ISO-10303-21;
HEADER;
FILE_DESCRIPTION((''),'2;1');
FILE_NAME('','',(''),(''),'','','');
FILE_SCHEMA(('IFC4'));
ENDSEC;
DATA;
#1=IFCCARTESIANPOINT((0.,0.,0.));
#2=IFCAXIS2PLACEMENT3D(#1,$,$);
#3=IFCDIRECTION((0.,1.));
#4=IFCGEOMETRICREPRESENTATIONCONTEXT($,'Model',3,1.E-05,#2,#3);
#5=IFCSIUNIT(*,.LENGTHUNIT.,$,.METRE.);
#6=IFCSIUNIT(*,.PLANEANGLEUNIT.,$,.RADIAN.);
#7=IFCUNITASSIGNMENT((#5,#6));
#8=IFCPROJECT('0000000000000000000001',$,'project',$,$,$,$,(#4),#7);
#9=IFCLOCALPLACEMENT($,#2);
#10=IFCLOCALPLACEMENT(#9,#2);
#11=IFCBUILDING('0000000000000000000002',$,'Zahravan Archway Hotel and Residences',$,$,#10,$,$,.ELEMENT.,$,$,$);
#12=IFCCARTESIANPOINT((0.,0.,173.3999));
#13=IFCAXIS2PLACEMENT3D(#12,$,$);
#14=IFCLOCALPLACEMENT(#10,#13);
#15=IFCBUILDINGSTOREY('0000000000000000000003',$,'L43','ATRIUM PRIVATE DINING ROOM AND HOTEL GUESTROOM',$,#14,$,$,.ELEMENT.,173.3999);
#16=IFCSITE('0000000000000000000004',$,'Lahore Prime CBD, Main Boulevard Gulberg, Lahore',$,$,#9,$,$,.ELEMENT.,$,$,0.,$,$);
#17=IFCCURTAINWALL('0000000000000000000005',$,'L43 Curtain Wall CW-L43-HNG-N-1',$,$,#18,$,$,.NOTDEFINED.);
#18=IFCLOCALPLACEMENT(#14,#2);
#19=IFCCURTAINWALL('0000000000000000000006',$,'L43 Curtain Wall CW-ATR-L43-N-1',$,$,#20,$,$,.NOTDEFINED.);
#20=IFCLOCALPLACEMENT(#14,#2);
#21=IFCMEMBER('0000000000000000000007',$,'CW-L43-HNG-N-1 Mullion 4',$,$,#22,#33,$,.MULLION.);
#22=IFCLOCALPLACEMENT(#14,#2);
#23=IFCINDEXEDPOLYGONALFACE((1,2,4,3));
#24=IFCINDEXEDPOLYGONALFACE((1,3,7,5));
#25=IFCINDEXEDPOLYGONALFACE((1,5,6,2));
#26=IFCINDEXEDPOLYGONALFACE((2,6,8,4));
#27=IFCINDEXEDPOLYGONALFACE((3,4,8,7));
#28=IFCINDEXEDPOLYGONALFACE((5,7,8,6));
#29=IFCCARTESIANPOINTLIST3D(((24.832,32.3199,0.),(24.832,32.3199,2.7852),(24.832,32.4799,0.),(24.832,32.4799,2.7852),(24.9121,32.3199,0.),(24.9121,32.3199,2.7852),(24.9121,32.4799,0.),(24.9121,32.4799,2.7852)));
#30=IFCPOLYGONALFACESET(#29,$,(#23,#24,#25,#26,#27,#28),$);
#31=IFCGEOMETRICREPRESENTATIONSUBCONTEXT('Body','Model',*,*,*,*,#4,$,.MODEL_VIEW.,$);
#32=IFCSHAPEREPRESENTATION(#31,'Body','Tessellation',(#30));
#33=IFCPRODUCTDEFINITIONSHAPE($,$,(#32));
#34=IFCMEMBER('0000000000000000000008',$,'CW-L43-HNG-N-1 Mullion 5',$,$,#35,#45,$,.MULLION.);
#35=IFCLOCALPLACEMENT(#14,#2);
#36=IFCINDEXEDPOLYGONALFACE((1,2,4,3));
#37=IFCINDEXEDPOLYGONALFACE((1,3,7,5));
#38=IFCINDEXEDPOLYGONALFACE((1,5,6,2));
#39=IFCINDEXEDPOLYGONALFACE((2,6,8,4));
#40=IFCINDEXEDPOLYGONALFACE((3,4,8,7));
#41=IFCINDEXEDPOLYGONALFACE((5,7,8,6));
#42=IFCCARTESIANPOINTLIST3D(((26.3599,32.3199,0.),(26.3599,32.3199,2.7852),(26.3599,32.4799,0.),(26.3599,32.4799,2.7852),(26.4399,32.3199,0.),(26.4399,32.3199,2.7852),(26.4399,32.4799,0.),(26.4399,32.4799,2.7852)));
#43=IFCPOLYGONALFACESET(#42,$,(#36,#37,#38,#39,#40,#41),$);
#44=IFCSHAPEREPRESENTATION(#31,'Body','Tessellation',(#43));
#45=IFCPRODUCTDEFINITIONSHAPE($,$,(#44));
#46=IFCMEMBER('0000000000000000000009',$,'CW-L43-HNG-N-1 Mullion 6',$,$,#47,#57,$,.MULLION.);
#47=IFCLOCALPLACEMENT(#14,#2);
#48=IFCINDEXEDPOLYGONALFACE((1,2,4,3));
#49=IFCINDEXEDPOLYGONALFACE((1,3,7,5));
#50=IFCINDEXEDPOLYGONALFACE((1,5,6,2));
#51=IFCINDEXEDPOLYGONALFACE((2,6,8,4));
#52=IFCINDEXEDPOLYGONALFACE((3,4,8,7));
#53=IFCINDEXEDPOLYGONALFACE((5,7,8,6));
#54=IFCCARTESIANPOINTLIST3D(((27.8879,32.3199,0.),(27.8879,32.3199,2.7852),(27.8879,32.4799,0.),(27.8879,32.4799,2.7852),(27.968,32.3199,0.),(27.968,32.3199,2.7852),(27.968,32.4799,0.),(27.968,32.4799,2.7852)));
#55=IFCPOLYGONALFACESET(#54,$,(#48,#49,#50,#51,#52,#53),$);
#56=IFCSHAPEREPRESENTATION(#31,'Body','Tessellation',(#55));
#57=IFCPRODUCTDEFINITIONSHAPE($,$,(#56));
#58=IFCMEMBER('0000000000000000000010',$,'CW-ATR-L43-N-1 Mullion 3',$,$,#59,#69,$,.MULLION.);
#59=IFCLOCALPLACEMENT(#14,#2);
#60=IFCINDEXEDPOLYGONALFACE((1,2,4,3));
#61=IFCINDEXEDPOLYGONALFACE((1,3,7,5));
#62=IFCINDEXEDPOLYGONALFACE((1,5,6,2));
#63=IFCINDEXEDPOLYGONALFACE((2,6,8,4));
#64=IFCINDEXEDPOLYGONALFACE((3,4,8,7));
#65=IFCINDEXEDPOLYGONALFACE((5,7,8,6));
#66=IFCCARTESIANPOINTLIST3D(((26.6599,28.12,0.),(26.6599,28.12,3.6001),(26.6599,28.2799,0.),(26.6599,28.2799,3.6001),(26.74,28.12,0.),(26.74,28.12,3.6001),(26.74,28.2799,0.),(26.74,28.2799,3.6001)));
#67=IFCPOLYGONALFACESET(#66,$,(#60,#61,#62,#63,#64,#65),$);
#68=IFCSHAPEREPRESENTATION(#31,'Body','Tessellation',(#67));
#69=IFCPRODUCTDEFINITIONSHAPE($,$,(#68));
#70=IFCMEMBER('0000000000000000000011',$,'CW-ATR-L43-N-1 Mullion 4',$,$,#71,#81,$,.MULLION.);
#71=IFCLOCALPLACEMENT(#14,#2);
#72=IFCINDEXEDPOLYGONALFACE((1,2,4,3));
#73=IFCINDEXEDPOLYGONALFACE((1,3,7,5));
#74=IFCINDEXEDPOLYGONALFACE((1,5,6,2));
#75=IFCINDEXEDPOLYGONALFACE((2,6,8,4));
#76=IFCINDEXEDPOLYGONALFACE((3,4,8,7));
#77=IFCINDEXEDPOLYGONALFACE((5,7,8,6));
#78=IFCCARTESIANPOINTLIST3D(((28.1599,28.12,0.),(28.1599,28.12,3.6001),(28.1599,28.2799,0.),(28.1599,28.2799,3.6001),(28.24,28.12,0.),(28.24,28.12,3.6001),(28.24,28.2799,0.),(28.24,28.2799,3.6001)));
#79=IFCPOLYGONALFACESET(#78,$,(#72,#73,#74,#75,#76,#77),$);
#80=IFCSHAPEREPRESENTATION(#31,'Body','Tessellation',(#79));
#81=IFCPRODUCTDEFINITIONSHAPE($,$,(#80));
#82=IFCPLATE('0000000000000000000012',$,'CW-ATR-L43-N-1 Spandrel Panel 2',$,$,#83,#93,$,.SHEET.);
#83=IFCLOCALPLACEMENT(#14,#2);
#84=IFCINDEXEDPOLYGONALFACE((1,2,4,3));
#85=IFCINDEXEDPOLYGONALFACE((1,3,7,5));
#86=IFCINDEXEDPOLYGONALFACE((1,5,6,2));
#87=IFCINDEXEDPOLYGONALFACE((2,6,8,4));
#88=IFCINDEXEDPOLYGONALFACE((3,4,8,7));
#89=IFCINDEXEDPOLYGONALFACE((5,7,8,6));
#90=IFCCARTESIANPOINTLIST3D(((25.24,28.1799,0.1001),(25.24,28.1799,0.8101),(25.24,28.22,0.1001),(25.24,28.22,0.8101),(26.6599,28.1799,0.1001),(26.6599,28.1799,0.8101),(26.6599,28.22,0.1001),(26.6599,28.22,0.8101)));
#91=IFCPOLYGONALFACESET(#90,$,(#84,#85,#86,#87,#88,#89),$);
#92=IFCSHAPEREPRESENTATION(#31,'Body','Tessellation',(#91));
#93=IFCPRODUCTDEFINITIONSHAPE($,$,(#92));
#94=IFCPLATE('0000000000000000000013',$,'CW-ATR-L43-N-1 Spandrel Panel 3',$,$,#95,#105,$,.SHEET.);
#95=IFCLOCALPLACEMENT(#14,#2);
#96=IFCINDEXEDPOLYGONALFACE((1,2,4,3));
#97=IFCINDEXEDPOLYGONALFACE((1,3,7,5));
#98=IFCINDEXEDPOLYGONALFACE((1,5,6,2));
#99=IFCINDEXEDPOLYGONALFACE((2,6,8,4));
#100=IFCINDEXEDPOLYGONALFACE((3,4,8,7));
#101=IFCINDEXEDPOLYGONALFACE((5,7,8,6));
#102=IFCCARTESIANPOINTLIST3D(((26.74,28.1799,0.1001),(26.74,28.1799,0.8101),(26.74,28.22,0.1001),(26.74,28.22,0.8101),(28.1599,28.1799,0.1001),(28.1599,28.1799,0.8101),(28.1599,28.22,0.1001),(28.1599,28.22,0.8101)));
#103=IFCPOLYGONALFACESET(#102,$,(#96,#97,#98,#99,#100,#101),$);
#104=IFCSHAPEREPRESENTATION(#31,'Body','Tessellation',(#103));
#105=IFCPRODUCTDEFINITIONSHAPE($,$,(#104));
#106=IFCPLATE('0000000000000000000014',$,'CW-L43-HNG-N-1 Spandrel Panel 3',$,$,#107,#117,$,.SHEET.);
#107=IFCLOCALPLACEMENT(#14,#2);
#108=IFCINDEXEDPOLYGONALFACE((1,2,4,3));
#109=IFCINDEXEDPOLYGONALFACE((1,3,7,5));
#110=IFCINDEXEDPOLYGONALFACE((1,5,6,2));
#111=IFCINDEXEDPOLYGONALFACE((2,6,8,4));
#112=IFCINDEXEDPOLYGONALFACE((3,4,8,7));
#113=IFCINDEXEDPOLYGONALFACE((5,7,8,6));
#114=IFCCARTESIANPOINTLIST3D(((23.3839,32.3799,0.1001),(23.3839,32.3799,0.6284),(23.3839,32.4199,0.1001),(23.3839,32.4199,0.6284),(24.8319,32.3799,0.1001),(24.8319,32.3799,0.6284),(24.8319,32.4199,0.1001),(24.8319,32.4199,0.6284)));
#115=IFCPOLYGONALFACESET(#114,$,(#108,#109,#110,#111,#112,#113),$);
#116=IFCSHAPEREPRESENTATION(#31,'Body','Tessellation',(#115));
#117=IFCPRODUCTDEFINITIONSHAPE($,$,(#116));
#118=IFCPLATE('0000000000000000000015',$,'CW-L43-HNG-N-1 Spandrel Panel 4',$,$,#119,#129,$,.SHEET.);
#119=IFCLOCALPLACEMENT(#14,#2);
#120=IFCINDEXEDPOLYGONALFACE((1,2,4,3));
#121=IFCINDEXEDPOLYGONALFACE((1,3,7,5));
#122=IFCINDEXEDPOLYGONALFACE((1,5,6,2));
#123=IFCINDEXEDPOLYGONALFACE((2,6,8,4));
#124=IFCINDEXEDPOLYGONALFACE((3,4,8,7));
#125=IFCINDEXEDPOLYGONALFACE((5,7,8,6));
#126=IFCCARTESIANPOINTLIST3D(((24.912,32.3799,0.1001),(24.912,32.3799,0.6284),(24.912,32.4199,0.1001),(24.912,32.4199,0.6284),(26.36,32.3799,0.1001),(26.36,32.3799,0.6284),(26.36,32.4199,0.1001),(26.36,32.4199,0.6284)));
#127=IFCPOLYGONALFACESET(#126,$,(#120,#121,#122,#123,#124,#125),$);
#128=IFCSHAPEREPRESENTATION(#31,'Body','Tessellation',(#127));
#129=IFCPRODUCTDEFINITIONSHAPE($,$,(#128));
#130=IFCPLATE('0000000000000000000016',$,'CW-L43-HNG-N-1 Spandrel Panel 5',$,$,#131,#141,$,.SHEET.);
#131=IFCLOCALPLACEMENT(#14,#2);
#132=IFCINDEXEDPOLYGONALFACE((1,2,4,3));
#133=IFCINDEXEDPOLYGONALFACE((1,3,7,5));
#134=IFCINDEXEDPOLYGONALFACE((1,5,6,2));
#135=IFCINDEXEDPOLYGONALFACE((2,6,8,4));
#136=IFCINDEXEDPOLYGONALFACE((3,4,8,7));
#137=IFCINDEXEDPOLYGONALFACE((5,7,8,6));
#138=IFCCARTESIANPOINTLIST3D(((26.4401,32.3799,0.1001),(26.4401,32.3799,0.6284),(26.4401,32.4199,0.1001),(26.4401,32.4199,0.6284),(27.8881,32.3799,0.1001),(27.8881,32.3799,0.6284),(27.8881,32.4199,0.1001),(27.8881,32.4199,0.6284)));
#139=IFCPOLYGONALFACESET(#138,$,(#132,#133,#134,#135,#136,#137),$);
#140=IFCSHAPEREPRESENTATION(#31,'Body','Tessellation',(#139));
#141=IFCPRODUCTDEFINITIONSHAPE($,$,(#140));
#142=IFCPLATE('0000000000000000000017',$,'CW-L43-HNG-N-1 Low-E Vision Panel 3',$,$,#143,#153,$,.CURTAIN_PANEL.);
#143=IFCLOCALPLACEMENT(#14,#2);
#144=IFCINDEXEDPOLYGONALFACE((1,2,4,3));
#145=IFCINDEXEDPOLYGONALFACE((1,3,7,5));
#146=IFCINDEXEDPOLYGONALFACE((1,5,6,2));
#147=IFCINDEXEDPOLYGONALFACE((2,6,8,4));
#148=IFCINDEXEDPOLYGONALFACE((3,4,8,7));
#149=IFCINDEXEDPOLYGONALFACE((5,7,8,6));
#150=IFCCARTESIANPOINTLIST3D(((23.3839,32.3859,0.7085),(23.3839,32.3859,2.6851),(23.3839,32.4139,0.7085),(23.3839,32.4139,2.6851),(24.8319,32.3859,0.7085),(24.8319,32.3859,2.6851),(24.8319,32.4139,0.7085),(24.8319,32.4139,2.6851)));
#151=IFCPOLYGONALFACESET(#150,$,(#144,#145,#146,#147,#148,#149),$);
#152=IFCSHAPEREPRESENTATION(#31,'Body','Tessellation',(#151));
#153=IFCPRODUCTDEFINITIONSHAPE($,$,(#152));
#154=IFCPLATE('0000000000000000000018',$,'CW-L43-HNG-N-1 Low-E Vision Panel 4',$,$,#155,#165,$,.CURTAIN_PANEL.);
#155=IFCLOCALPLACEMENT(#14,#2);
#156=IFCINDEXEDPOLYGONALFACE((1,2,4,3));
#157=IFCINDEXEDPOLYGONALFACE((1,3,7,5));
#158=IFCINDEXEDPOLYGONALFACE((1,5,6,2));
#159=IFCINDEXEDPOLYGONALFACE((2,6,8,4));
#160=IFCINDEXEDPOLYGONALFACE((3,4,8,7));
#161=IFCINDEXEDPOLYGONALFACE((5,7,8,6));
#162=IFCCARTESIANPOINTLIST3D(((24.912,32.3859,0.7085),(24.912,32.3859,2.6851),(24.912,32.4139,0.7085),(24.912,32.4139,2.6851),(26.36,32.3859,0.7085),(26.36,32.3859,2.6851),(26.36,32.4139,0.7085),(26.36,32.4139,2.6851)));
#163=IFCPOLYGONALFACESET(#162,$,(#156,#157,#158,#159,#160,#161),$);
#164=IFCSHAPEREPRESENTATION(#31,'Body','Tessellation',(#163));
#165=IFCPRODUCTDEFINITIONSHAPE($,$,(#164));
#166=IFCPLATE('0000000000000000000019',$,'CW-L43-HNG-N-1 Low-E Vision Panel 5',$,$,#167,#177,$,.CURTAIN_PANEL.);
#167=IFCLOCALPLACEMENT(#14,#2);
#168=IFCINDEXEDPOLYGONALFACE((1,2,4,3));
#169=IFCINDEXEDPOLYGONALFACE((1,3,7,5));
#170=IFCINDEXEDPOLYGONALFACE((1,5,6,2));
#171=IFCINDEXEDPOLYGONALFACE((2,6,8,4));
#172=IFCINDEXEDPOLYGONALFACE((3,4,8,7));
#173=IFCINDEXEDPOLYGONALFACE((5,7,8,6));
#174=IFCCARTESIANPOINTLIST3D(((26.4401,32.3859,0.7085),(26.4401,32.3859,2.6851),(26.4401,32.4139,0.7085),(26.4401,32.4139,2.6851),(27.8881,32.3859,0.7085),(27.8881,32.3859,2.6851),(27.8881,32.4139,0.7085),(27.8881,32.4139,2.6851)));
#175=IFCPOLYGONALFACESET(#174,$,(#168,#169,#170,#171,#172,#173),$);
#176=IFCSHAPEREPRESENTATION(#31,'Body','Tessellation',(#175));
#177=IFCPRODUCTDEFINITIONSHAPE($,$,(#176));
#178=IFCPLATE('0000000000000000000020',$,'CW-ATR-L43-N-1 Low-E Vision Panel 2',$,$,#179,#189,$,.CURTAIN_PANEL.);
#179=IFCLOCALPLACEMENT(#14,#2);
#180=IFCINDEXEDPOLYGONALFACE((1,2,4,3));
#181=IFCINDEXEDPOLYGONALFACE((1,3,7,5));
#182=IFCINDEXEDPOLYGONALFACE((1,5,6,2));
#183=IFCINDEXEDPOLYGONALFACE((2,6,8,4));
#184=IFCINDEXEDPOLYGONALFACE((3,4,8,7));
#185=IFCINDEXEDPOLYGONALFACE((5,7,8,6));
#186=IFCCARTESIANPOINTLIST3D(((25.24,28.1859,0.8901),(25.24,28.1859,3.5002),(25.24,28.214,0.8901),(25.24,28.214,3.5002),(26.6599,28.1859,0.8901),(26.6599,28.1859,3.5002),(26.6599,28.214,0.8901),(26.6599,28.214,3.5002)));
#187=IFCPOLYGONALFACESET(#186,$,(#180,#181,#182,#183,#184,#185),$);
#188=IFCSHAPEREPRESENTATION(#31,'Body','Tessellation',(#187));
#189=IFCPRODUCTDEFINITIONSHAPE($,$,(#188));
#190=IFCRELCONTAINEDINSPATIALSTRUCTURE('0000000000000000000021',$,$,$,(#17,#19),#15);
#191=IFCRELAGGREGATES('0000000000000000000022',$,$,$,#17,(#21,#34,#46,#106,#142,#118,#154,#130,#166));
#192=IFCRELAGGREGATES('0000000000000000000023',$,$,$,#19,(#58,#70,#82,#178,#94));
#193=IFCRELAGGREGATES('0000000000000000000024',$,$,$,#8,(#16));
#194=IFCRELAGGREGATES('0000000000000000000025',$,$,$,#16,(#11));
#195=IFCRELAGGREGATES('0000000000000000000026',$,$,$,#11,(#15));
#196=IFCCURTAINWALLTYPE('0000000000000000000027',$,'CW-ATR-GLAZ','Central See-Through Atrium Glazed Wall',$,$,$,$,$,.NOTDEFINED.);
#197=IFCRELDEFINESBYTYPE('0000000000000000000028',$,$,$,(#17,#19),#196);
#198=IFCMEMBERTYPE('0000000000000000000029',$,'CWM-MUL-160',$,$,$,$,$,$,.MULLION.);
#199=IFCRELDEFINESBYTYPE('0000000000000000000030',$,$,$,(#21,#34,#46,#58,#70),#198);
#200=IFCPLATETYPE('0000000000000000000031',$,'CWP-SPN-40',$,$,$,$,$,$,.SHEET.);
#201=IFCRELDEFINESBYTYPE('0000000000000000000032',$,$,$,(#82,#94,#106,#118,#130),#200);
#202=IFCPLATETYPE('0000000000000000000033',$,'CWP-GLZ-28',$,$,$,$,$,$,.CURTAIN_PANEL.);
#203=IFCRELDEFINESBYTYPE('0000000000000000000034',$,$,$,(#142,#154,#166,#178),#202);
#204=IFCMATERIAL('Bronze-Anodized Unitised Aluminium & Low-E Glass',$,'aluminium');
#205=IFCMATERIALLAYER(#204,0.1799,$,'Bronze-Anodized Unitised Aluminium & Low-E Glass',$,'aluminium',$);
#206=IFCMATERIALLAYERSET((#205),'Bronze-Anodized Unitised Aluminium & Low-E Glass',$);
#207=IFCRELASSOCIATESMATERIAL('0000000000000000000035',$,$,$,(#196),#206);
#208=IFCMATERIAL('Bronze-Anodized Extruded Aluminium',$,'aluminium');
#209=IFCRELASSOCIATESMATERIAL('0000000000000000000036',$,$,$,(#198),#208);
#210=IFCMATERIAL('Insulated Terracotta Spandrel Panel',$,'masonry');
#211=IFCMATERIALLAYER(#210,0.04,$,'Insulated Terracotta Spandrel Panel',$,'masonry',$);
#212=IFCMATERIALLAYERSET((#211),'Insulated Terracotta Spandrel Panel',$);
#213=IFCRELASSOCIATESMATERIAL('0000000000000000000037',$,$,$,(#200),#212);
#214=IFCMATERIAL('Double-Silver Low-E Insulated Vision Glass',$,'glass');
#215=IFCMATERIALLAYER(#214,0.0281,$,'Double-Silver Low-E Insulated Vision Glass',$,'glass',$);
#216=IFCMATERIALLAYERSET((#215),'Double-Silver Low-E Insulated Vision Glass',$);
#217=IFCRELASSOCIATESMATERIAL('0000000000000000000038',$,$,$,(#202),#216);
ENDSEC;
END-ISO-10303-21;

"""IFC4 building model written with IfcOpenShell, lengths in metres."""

from ifc_helpers import new_model, si_unit, direction, frame, origin, origin_2d, place, context, subcontext, project, spatial, rectangle, extrude, source, transform, mapped, material, layer, layer_set, material_profile, profile_set, type_object, element, aggregate, save


model = new_model("IFC4")

# Units and contexts
model_context = context("Model", 3, precision=1e-05, world=origin(), true_north=direction((0.0, 1.0)))
body_context = subcontext(model_context, "Body", "Model", "MODEL_VIEW")
ifc_project = project(units=[si_unit("LENGTHUNIT", "METRE"), si_unit("PLANEANGLEUNIT", "RADIAN")], contexts=[model_context])

# Site, building, storey
site_placement = place(None, origin())
site = spatial("IfcSite", under=ifc_project, at=site_placement, Name="Lahore Prime CBD, Main Boulevard Gulberg, Lahore", CompositionType="ELEMENT", RefElevation=0.0)
building_placement = place(site_placement, origin())
building = spatial("IfcBuilding", under=site, at=building_placement, Name="Zahravan Archway Hotel and Residences", CompositionType="ELEMENT")
storey_placement = place(building_placement, frame((0.0, 0.0, 173.3999)))
storey = spatial("IfcBuildingStorey", under=building, at=storey_placement, Name="L43", Description="ATRIUM PRIVATE DINING ROOM AND HOTEL GUESTROOM", CompositionType="ELEMENT", Elevation=173.3999)

# Curtain walls
ifc_material_1 = material(Name="Bronze-Anodized Unitised Aluminium & Low-E Glass", Category="aluminium")
ifc_layer_1 = layer(ifc_material_1, 0.1799, Name="Bronze-Anodized Unitised Aluminium & Low-E Glass", Category="aluminium")
ifc_layer_set_1 = layer_set([ifc_layer_1], Name="Bronze-Anodized Unitised Aluminium & Low-E Glass")
curtain_wall_type = type_object("IfcCurtainWallType", Name="CW-ATR-GLAZ", Description="Central See-Through Atrium Glazed Wall", PredefinedType="NOTDEFINED", material=ifc_layer_set_1)
curtain_wall_1_placement = place(storey_placement, origin())
curtain_wall_1 = element("IfcCurtainWall", 1, at=curtain_wall_1_placement, inside=storey, type_object=curtain_wall_type, Name="L43 Curtain Wall CW-L43-HNG-N-1", PredefinedType="NOTDEFINED")
ifc_material_2 = material(Name="Bronze-Anodized Extruded Aluminium", Category="aluminium")
curtain_wall_2_placement = place(storey_placement, origin())
curtain_wall_2 = element("IfcCurtainWall", 2, at=curtain_wall_2_placement, inside=storey, type_object=curtain_wall_type, Name="L43 Curtain Wall CW-ATR-L43-N-1", PredefinedType="NOTDEFINED")

# Members
ifc_material_profile_1 = material_profile(ifc_material_2, rectangle(XDim=0.0801, YDim=0.1599, at=origin_2d()), Name="MUL 80x160", Category="aluminium")
ifc_profile_set_1 = profile_set([ifc_material_profile_1], Name="Bronze-Anodized Extruded Aluminium")
member_type_1 = type_object("IfcMemberType", Name="CWM-MUL-160", PredefinedType="MULLION", material=ifc_profile_set_1)
shared_shape_1 = source(origin(), body_context, "Body", "SweptSolid", [
    extrude(rectangle(XDim=0.0801, YDim=0.1599, at=origin_2d()), origin(), (0.0, 0.0, 1.0), 2.7852),
])
member_1_placement = place(storey_placement, frame((24.8721, 32.3999, 0.0), z_axis=(0.0, 0.0, 1.0), x_axis=(1.0, 0.0, 0.0)))
member_1 = element("IfcMember", 3, at=member_1_placement, type_object=member_type_1, Name="CW-L43-HNG-N-1 Mullion 4", PredefinedType="MULLION", context=body_context, shape_type="MappedRepresentation", body=[
    mapped(shared_shape_1, transform((0.0, 0.0, 0.0), scale=1.0)),
])
member_2_placement = place(storey_placement, frame((26.3999, 32.3999, 0.0), z_axis=(0.0, 0.0, 1.0), x_axis=(1.0, 0.0, 0.0)))
member_2 = element("IfcMember", 4, at=member_2_placement, type_object=member_type_1, Name="CW-L43-HNG-N-1 Mullion 5", PredefinedType="MULLION", context=body_context, shape_type="MappedRepresentation", body=[
    mapped(shared_shape_1, transform((0.0, 0.0, 0.0), scale=1.0)),
])
member_3_placement = place(storey_placement, frame((27.928, 32.3999, 0.0), z_axis=(0.0, 0.0, 1.0), x_axis=(1.0, 0.0, 0.0)))
member_3 = element("IfcMember", 5, at=member_3_placement, type_object=member_type_1, Name="CW-L43-HNG-N-1 Mullion 6", PredefinedType="MULLION", context=body_context, shape_type="MappedRepresentation", body=[
    mapped(shared_shape_1, transform((0.0, 0.0, 0.0), scale=1.0)),
])
shared_shape_2 = source(origin(), body_context, "Body", "SweptSolid", [
    extrude(rectangle(XDim=0.0801, YDim=0.1599, at=origin_2d()), origin(), (0.0, 0.0, 1.0), 3.6001),
])
member_4_placement = place(storey_placement, frame((26.7, 28.2, 0.0), z_axis=(0.0, 0.0, 1.0), x_axis=(1.0, 0.0, 0.0)))
member_4 = element("IfcMember", 6, at=member_4_placement, type_object=member_type_1, Name="CW-ATR-L43-N-1 Mullion 3", PredefinedType="MULLION", context=body_context, shape_type="MappedRepresentation", body=[
    mapped(shared_shape_2, transform((0.0, 0.0, 0.0), scale=1.0)),
])
member_5_placement = place(storey_placement, frame((28.2, 28.2, 0.0), z_axis=(0.0, 0.0, 1.0), x_axis=(1.0, 0.0, 0.0)))
member_5 = element("IfcMember", 7, at=member_5_placement, type_object=member_type_1, Name="CW-ATR-L43-N-1 Mullion 4", PredefinedType="MULLION", context=body_context, shape_type="MappedRepresentation", body=[
    mapped(shared_shape_2, transform((0.0, 0.0, 0.0), scale=1.0)),
])

# Plates
ifc_material_3 = material(Name="Insulated Terracotta Spandrel Panel", Category="masonry")
ifc_layer_2 = layer(ifc_material_3, 0.04, Name="Insulated Terracotta Spandrel Panel", Category="masonry")
ifc_layer_set_2 = layer_set([ifc_layer_2], Name="Insulated Terracotta Spandrel Panel")
plate_type_1 = type_object("IfcPlateType", Name="CWP-SPN-40", PredefinedType="SHEET", material=ifc_layer_set_2)
shared_shape_3 = source(origin(), body_context, "Body", "SweptSolid", [
    extrude(rectangle(XDim=1.4199, YDim=0.04, at=origin_2d()), origin(), (0.0, 0.0, 1.0), 0.71),
])
plate_1_placement = place(storey_placement, frame((25.95, 28.2, 0.1001), z_axis=(0.0, 0.0, 1.0), x_axis=(1.0, 0.0, 0.0)))
plate_1 = element("IfcPlate", 8, at=plate_1_placement, type_object=plate_type_1, Name="CW-ATR-L43-N-1 Spandrel Panel 2", PredefinedType="SHEET", context=body_context, shape_type="MappedRepresentation", body=[
    mapped(shared_shape_3, transform((0.0, 0.0, 0.0), scale=1.0)),
])
plate_2_placement = place(storey_placement, frame((27.45, 28.2, 0.1001), z_axis=(0.0, 0.0, 1.0), x_axis=(1.0, 0.0, 0.0)))
plate_2 = element("IfcPlate", 9, at=plate_2_placement, type_object=plate_type_1, Name="CW-ATR-L43-N-1 Spandrel Panel 3", PredefinedType="SHEET", context=body_context, shape_type="MappedRepresentation", body=[
    mapped(shared_shape_3, transform((0.0, 0.0, 0.0), scale=1.0)),
])
shared_shape_4 = source(origin(), body_context, "Body", "SweptSolid", [
    extrude(rectangle(XDim=1.448, YDim=0.04, at=origin_2d()), origin(), (0.0, 0.0, 1.0), 0.5283),
])
plate_3_placement = place(storey_placement, frame((24.1079, 32.3999, 0.1001), z_axis=(0.0, 0.0, 1.0), x_axis=(1.0, 0.0, 0.0)))
plate_3 = element("IfcPlate", 10, at=plate_3_placement, type_object=plate_type_1, Name="CW-L43-HNG-N-1 Spandrel Panel 3", PredefinedType="SHEET", context=body_context, shape_type="MappedRepresentation", body=[
    mapped(shared_shape_4, transform((0.0, 0.0, 0.0), scale=1.0)),
])
plate_4_placement = place(storey_placement, frame((25.636, 32.3999, 0.1001), z_axis=(0.0, 0.0, 1.0), x_axis=(1.0, 0.0, 0.0)))
plate_4 = element("IfcPlate", 11, at=plate_4_placement, type_object=plate_type_1, Name="CW-L43-HNG-N-1 Spandrel Panel 4", PredefinedType="SHEET", context=body_context, shape_type="MappedRepresentation", body=[
    mapped(shared_shape_4, transform((0.0, 0.0, 0.0), scale=1.0)),
])
plate_5_placement = place(storey_placement, frame((27.1641, 32.3999, 0.1001), z_axis=(0.0, 0.0, 1.0), x_axis=(1.0, 0.0, 0.0)))
plate_5 = element("IfcPlate", 12, at=plate_5_placement, type_object=plate_type_1, Name="CW-L43-HNG-N-1 Spandrel Panel 5", PredefinedType="SHEET", context=body_context, shape_type="MappedRepresentation", body=[
    mapped(shared_shape_4, transform((0.0, 0.0, 0.0), scale=1.0)),
])
ifc_material_4 = material(Name="Double-Silver Low-E Insulated Vision Glass", Category="glass")
ifc_layer_3 = layer(ifc_material_4, 0.0281, Name="Double-Silver Low-E Insulated Vision Glass", Category="glass")
ifc_layer_set_3 = layer_set([ifc_layer_3], Name="Double-Silver Low-E Insulated Vision Glass")
plate_type_2 = type_object("IfcPlateType", Name="CWP-GLZ-28", PredefinedType="CURTAIN_PANEL", material=ifc_layer_set_3)
shared_shape_5 = source(origin(), body_context, "Body", "SweptSolid", [
    extrude(rectangle(XDim=1.448, YDim=0.0281, at=origin_2d()), origin(), (0.0, 0.0, 1.0), 1.9766),
])
plate_6_placement = place(storey_placement, frame((24.1079, 32.3999, 0.7085), z_axis=(0.0, 0.0, 1.0), x_axis=(1.0, 0.0, 0.0)))
plate_6 = element("IfcPlate", 13, at=plate_6_placement, type_object=plate_type_2, Name="CW-L43-HNG-N-1 Low-E Vision Panel 3", PredefinedType="CURTAIN_PANEL", context=body_context, shape_type="MappedRepresentation", body=[
    mapped(shared_shape_5, transform((0.0, 0.0, 0.0), scale=1.0)),
])
plate_7_placement = place(storey_placement, frame((25.636, 32.3999, 0.7085), z_axis=(0.0, 0.0, 1.0), x_axis=(1.0, 0.0, 0.0)))
plate_7 = element("IfcPlate", 14, at=plate_7_placement, type_object=plate_type_2, Name="CW-L43-HNG-N-1 Low-E Vision Panel 4", PredefinedType="CURTAIN_PANEL", context=body_context, shape_type="MappedRepresentation", body=[
    mapped(shared_shape_5, transform((0.0, 0.0, 0.0), scale=1.0)),
])
plate_8_placement = place(storey_placement, frame((27.1641, 32.3999, 0.7085), z_axis=(0.0, 0.0, 1.0), x_axis=(1.0, 0.0, 0.0)))
plate_8 = element("IfcPlate", 15, at=plate_8_placement, type_object=plate_type_2, Name="CW-L43-HNG-N-1 Low-E Vision Panel 5", PredefinedType="CURTAIN_PANEL", context=body_context, shape_type="MappedRepresentation", body=[
    mapped(shared_shape_5, transform((0.0, 0.0, 0.0), scale=1.0)),
])
aggregate(curtain_wall_1, [member_1, member_2, member_3, plate_3, plate_6, plate_4, plate_7, plate_5, plate_8])
shared_shape_6 = source(origin(), body_context, "Body", "SweptSolid", [
    extrude(rectangle(XDim=1.4199, YDim=0.0281, at=origin_2d()), origin(), (0.0, 0.0, 1.0), 2.6101),
])
plate_9_placement = place(storey_placement, frame((25.95, 28.2, 0.8901), z_axis=(0.0, 0.0, 1.0), x_axis=(1.0, 0.0, 0.0)))
plate_9 = element("IfcPlate", 16, at=plate_9_placement, type_object=plate_type_2, Name="CW-ATR-L43-N-1 Low-E Vision Panel 2", PredefinedType="CURTAIN_PANEL", context=body_context, shape_type="MappedRepresentation", body=[
    mapped(shared_shape_6, transform((0.0, 0.0, 0.0), scale=1.0)),
])
aggregate(curtain_wall_2, [member_4, member_5, plate_1, plate_9, plate_2])

save(model, "model.ifc")
